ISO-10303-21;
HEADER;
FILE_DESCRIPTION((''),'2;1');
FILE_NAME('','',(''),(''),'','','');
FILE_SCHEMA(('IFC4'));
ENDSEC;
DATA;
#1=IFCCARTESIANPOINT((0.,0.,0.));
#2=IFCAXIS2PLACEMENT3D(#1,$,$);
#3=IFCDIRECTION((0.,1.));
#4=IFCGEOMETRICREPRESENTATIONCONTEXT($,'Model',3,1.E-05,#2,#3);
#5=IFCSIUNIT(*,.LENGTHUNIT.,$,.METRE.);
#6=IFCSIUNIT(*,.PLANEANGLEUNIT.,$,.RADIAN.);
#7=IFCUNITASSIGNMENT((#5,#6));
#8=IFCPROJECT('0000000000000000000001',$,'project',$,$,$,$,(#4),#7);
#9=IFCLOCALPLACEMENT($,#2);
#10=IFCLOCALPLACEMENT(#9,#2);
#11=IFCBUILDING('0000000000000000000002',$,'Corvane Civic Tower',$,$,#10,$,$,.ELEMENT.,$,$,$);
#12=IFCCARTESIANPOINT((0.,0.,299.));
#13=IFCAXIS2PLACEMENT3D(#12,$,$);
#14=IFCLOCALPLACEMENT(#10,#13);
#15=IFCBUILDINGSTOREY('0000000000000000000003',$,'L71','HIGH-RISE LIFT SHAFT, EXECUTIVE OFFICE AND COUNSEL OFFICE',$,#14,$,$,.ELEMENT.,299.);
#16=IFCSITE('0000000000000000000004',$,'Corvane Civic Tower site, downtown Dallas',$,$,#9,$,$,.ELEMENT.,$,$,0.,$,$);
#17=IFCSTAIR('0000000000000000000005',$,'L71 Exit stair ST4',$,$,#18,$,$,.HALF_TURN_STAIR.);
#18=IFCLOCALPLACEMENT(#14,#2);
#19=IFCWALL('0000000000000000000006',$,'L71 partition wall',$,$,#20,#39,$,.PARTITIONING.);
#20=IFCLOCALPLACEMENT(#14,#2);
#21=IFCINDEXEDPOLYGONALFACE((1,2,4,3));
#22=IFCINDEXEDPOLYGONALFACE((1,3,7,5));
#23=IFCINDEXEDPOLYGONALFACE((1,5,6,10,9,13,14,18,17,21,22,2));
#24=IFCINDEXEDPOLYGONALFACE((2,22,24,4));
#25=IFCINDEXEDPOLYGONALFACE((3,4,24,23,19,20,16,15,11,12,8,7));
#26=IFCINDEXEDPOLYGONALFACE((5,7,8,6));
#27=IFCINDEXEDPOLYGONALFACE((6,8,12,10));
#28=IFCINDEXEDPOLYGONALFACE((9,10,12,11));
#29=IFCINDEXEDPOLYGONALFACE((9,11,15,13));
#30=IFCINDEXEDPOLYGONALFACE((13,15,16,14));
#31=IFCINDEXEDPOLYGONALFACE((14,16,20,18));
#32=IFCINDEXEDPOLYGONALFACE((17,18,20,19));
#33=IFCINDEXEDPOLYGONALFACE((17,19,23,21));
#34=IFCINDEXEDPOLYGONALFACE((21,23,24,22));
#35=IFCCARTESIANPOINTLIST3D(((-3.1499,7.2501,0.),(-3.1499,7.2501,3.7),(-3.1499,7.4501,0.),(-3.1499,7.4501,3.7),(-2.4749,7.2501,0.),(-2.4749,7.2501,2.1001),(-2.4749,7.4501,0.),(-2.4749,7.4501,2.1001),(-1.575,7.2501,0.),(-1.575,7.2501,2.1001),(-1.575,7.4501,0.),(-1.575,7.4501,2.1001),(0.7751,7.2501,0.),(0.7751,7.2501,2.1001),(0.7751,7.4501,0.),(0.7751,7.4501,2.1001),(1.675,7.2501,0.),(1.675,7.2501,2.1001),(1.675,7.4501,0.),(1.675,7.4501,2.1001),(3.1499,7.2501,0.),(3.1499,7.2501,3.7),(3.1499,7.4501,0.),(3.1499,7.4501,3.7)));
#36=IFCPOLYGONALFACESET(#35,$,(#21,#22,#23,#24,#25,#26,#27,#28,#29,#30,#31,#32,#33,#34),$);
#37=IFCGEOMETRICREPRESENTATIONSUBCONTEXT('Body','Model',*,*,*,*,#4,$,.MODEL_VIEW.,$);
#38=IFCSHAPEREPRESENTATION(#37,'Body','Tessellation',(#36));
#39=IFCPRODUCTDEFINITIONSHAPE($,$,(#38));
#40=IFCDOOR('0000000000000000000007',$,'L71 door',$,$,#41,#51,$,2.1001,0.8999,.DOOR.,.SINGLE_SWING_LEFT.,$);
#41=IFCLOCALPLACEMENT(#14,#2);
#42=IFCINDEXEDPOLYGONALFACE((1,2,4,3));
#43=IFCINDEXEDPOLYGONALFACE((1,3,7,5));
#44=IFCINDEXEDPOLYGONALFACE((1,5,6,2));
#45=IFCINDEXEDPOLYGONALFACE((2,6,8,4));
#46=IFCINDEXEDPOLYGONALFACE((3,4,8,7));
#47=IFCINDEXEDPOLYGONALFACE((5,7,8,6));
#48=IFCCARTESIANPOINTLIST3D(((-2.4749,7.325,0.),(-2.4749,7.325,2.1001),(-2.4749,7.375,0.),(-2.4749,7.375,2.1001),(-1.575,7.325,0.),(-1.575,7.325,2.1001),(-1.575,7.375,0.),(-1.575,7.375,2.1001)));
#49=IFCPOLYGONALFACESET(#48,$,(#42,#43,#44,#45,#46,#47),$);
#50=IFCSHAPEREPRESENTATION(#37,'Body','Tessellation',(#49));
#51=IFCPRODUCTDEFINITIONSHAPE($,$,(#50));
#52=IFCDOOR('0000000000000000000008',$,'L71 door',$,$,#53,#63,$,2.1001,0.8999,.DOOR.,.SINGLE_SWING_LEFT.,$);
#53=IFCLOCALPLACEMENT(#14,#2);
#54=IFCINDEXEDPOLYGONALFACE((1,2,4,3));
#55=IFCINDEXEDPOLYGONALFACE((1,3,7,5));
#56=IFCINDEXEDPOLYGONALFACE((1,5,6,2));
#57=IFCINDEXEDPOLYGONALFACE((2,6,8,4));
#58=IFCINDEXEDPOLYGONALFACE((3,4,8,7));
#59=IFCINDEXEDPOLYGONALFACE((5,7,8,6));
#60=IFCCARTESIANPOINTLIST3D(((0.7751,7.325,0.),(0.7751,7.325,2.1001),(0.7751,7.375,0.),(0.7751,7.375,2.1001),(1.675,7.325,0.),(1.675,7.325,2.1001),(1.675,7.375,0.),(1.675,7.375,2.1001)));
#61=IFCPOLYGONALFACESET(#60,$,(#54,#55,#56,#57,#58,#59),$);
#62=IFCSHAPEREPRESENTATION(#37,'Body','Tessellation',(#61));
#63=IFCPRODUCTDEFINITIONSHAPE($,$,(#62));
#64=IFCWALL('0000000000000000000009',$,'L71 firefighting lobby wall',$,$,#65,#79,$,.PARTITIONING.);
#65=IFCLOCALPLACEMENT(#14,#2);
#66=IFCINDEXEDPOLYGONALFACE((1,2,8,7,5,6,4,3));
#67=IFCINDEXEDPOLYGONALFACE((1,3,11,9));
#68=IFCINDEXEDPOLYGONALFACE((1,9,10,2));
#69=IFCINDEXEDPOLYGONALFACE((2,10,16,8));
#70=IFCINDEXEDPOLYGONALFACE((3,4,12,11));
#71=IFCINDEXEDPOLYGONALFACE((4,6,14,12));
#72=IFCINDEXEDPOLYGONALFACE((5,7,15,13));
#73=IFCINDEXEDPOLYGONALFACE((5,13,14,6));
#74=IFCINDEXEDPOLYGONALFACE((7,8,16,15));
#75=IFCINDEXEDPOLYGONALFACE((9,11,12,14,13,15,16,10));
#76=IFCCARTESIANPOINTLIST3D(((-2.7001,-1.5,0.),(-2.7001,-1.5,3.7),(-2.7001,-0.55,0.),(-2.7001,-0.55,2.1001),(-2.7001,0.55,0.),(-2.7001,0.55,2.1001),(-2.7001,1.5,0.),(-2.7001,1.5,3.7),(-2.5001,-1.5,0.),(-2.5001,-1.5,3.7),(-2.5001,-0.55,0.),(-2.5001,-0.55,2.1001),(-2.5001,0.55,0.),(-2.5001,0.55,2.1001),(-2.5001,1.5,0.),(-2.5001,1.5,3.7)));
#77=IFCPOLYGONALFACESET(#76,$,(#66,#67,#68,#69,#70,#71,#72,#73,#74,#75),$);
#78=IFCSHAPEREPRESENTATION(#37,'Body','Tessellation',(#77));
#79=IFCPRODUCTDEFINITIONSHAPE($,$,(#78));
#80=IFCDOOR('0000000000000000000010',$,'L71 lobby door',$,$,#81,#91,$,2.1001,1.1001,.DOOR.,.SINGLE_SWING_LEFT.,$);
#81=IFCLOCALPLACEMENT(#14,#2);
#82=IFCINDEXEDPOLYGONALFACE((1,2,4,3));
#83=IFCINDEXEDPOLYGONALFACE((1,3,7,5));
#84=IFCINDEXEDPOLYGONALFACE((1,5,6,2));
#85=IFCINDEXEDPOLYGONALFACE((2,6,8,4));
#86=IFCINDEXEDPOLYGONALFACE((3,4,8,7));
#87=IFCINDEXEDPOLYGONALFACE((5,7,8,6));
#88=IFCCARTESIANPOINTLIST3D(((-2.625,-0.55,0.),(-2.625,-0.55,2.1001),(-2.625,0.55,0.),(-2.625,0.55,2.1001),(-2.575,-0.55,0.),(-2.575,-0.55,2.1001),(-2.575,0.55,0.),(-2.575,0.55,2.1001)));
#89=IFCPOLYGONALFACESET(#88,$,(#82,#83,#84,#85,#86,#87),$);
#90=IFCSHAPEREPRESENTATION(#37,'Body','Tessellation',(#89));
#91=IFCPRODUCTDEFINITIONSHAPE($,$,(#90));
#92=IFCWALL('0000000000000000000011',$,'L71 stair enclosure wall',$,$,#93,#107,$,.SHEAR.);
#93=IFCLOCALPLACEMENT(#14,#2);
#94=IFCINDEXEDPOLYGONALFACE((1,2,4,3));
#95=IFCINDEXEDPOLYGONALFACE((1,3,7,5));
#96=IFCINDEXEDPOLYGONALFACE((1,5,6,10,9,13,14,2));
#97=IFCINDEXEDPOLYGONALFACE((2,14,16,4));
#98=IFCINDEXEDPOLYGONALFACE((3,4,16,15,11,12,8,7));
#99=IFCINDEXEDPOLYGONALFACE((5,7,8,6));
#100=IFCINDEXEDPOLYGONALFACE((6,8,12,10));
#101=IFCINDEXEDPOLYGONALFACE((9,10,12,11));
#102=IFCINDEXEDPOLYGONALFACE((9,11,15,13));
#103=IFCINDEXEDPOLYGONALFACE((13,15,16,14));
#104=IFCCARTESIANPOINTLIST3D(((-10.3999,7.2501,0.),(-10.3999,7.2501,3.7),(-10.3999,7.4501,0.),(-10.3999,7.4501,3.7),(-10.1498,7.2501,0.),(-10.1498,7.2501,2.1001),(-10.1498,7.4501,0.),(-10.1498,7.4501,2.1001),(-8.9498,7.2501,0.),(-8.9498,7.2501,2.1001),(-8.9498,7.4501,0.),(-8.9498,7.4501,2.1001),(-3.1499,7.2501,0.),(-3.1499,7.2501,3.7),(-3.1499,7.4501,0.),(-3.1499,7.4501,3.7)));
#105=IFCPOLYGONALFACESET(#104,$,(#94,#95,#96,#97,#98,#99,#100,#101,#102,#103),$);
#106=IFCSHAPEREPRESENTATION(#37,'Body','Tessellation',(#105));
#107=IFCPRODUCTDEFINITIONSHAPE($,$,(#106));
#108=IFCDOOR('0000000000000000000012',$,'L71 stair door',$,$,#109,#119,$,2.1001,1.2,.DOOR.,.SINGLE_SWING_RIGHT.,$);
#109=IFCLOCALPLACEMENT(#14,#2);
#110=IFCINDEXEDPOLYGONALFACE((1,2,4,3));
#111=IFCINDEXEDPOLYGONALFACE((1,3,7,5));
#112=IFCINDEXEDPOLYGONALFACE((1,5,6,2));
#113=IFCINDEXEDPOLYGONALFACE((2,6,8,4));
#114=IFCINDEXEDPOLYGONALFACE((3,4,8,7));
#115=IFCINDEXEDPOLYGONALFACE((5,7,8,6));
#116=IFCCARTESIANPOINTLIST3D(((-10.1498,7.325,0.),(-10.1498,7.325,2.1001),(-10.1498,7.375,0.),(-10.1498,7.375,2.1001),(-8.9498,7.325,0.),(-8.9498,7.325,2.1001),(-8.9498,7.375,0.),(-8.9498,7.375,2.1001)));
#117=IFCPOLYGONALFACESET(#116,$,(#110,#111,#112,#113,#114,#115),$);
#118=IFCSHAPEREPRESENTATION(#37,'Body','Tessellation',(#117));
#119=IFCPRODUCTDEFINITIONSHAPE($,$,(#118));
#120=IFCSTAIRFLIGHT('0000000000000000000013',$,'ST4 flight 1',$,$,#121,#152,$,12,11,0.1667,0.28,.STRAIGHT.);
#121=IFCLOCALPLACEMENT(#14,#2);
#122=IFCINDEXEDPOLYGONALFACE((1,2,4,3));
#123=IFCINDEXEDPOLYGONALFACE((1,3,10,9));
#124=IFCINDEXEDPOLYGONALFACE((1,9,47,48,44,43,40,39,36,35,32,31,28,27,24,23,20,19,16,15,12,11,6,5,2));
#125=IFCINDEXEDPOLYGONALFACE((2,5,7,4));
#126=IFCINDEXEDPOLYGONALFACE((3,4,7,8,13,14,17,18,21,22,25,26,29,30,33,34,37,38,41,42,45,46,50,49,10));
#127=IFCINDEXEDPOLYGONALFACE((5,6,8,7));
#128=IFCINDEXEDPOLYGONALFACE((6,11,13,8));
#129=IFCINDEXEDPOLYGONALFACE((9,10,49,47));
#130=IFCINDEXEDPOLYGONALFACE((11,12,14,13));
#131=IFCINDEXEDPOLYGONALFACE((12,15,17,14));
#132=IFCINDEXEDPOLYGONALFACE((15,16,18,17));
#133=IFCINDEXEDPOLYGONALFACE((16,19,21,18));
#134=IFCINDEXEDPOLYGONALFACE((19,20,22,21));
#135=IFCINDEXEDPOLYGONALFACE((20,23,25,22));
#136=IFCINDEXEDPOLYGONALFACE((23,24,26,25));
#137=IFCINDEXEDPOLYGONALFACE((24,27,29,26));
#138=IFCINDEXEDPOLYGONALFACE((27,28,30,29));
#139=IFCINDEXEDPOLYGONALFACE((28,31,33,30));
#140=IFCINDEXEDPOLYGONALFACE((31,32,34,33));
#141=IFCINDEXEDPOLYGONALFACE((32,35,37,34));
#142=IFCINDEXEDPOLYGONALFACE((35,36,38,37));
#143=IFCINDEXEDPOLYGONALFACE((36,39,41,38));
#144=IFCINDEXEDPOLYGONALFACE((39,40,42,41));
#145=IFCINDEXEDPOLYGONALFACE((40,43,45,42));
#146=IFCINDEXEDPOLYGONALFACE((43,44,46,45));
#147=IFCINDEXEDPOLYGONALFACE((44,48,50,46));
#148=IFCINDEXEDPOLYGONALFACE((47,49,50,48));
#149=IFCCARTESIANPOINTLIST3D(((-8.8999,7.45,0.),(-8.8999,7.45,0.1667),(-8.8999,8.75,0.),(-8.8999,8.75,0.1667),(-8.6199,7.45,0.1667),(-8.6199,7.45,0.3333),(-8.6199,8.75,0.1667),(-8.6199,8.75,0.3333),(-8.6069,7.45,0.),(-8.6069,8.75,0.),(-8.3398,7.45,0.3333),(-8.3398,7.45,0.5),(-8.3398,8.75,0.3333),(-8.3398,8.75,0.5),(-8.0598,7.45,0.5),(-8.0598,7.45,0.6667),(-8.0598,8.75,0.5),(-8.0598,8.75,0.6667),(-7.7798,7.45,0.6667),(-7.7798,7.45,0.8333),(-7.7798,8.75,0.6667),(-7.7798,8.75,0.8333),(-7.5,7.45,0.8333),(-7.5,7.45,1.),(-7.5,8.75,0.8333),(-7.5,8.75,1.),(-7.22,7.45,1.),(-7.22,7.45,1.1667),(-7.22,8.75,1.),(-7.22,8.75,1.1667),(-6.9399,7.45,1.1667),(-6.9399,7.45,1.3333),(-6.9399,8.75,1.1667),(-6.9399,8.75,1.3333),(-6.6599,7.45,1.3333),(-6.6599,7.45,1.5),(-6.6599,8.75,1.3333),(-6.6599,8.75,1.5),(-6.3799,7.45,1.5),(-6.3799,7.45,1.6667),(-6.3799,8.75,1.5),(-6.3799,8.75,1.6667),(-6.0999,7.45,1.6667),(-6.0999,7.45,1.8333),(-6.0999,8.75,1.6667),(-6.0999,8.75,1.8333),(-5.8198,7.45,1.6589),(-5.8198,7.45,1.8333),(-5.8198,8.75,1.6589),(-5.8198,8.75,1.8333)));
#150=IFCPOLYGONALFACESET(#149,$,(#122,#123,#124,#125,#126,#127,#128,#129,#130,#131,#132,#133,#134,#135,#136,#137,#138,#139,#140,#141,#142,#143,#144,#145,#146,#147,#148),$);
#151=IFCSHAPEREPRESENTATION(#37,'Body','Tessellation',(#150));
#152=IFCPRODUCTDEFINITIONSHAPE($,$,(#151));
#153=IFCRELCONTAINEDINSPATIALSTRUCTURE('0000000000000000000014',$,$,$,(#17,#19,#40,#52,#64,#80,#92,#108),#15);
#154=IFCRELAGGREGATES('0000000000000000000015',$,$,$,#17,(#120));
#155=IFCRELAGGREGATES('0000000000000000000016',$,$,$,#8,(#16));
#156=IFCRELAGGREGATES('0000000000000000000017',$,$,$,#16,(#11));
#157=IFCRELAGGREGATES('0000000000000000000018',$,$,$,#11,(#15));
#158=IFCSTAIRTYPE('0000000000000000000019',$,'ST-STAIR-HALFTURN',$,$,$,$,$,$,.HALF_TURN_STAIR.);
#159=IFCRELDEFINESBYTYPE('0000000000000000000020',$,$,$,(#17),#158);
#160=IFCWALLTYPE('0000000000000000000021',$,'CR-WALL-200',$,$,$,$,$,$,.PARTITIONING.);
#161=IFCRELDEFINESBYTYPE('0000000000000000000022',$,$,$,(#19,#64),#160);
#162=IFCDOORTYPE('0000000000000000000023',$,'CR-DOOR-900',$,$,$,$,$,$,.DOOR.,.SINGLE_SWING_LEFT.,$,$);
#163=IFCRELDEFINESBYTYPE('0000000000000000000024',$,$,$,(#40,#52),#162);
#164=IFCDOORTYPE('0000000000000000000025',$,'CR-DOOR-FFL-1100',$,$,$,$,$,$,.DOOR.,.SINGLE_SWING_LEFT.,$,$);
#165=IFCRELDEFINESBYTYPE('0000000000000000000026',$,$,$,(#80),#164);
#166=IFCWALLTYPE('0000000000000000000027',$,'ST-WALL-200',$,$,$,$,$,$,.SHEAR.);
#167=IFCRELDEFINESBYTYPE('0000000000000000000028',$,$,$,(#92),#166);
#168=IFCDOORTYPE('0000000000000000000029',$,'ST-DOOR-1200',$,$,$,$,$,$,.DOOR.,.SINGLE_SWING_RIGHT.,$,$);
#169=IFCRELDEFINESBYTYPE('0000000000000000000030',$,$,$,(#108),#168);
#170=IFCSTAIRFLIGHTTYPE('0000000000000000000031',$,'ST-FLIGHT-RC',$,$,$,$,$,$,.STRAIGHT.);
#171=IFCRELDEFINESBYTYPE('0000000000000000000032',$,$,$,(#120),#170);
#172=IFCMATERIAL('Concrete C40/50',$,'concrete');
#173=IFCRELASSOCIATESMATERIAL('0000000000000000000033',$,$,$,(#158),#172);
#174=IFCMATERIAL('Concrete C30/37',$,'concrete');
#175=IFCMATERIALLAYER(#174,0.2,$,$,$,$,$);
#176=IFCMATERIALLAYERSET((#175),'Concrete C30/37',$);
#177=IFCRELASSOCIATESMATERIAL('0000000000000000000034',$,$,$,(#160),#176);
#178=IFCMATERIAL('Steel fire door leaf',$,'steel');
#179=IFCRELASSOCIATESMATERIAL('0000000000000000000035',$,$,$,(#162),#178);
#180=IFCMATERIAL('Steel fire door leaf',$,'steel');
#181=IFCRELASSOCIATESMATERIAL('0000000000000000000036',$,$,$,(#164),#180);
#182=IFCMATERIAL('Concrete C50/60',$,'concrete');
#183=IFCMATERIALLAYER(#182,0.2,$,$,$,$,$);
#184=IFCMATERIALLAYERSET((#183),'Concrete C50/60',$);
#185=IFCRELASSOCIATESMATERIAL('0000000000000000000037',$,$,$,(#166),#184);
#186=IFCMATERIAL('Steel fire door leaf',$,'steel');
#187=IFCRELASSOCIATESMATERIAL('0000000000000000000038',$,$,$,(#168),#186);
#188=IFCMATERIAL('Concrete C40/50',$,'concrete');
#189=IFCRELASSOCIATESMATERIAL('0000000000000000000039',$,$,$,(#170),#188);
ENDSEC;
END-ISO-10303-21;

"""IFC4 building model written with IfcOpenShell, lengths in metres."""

from ifc_helpers import new_model, si_unit, direction, frame, frame_2d, origin, place, context, subcontext, project, spatial, polyline, rectangle, outline, extrude, material, layer, layer_set, type_object, element, fill, aggregate, save


model = new_model("IFC4")

# Units and contexts
model_context = context("Model", 3, precision=1e-05, world=origin(), true_north=direction((0.0, 1.0)))
body_context = subcontext(model_context, "Body", "Model", "MODEL_VIEW")
ifc_project = project(units=[si_unit("LENGTHUNIT", "METRE"), si_unit("PLANEANGLEUNIT", "RADIAN")], contexts=[model_context])

# Site, building, storey
site_placement = place(None, origin())
site = spatial("IfcSite", under=ifc_project, at=site_placement, Name="Corvane Civic Tower site, downtown Dallas", CompositionType="ELEMENT", RefElevation=0.0)
building_placement = place(site_placement, origin())
building = spatial("IfcBuilding", under=site, at=building_placement, Name="Corvane Civic Tower", CompositionType="ELEMENT")
storey_placement = place(building_placement, frame((0.0, 0.0, 299.0)))
storey = spatial("IfcBuildingStorey", under=building, at=storey_placement, Name="L71", Description="HIGH-RISE LIFT SHAFT, EXECUTIVE OFFICE AND COUNSEL OFFICE", CompositionType="ELEMENT", Elevation=299.0)

# Stair
ifc_material_1 = material(Name="Concrete C40/50", Category="concrete")
stair_type = type_object("IfcStairType", Name="ST-STAIR-HALFTURN", PredefinedType="HALF_TURN_STAIR", material=ifc_material_1)
stair_1_placement = place(storey_placement, origin())
stair_1 = element("IfcStair", 1, at=stair_1_placement, inside=storey, type_object=stair_type, Name="L71 Exit stair ST4", PredefinedType="HALF_TURN_STAIR")

# Wall, openings, doors
ifc_material_2 = material(Name="Concrete C30/37", Category="concrete")
ifc_layer_1 = layer(ifc_material_2, 0.2)
ifc_layer_set_1 = layer_set([ifc_layer_1], Name="Concrete C30/37")
wall_type_1 = type_object("IfcWallType", Name="CR-WALL-200", PredefinedType="PARTITIONING", material=ifc_layer_set_1)
ifc_material_3 = material(Name="Steel fire door leaf", Category="steel")
door_type_1 = type_object("IfcDoorType", Name="CR-DOOR-900", OperationType="SINGLE_SWING_LEFT", PredefinedType="DOOR", material=ifc_material_3)
wall_1_placement = place(storey_placement, frame((-3.1499, 7.3501, 0.0), z_axis=(0.0, 0.0, 1.0), x_axis=(1.0, 0.0, 0.0)))
wall_1 = element("IfcWall", 2, at=wall_1_placement, inside=storey, type_object=wall_type_1, Name="L71 partition wall", PredefinedType="PARTITIONING", context=body_context, shape_type="SweptSolid", body=[
    extrude(rectangle(XDim=6.2998, YDim=0.2, at=frame_2d((3.1499, 0.0))), origin(), (0.0, 0.0, 1.0), 3.7),
])
opening_1_placement = place(wall_1_placement, frame((0.675, 0.0, 0.0)))
opening_1 = element("IfcOpeningElement", 3, at=opening_1_placement, cuts=wall_1, PredefinedType="OPENING", context=body_context, shape_type="SweptSolid", body=[
    extrude(rectangle(XDim=0.8999, YDim=2.1001, at=frame_2d((0.45, 1.05))), frame((0.0, 0.1099, 0.0), z_axis=(0.0, -1.0, 0.0), x_axis=(1.0, 0.0, 0.0)), (0.0, 0.0, 1.0), 0.22),
])
opening_2_placement = place(wall_1_placement, frame((3.925, 0.0, 0.0)))
opening_2 = element("IfcOpeningElement", 4, at=opening_2_placement, cuts=wall_1, PredefinedType="OPENING", context=body_context, shape_type="SweptSolid", body=[
    extrude(rectangle(XDim=0.8999, YDim=2.1001, at=frame_2d((0.45, 1.05))), frame((0.0, 0.1099, 0.0), z_axis=(0.0, -1.0, 0.0), x_axis=(1.0, 0.0, 0.0)), (0.0, 0.0, 1.0), 0.22),
])
door_1_placement = place(opening_1_placement, origin())
door_1 = element("IfcDoor", 5, at=door_1_placement, inside=storey, type_object=door_type_1, Name="L71 door", OperationType="SINGLE_SWING_LEFT", OverallHeight=2.1001, OverallWidth=0.8999, PredefinedType="DOOR", context=body_context, shape_type="SweptSolid", body=[
    extrude(rectangle(XDim=0.8999, YDim=2.1001, at=frame_2d((0.45, 1.05))), frame((0.0, 0.0249, 0.0), z_axis=(0.0, -1.0, 0.0), x_axis=(1.0, 0.0, 0.0)), (0.0, 0.0, 1.0), 0.05),
])
fill(opening_1, door_1)
door_2_placement = place(opening_2_placement, origin())
door_2 = element("IfcDoor", 6, at=door_2_placement, inside=storey, type_object=door_type_1, Name="L71 door", OperationType="SINGLE_SWING_LEFT", OverallHeight=2.1001, OverallWidth=0.8999, PredefinedType="DOOR", context=body_context, shape_type="SweptSolid", body=[
    extrude(rectangle(XDim=0.8999, YDim=2.1001, at=frame_2d((0.45, 1.05))), frame((0.0, 0.0249, 0.0), z_axis=(0.0, -1.0, 0.0), x_axis=(1.0, 0.0, 0.0)), (0.0, 0.0, 1.0), 0.05),
])
fill(opening_2, door_2)

# Walls, openings, doors
wall_2_placement = place(storey_placement, frame((-2.6001, -1.5, 0.0), z_axis=(0.0, 0.0, 1.0), x_axis=(0.0, 1.0, 0.0)))
wall_2 = element("IfcWall", 7, at=wall_2_placement, inside=storey, type_object=wall_type_1, Name="L71 firefighting lobby wall", PredefinedType="PARTITIONING", context=body_context, shape_type="SweptSolid", body=[
    extrude(rectangle(XDim=3.0, YDim=0.2, at=frame_2d((1.5, 0.0))), origin(), (0.0, 0.0, 1.0), 3.7),
])
opening_3_placement = place(wall_2_placement, frame((0.95, 0.0, 0.0)))
opening_3 = element("IfcOpeningElement", 8, at=opening_3_placement, cuts=wall_2, PredefinedType="OPENING", context=body_context, shape_type="SweptSolid", body=[
    extrude(rectangle(XDim=1.1001, YDim=2.1001, at=frame_2d((0.55, 1.05))), frame((0.0, 0.1099, 0.0), z_axis=(0.0, -1.0, 0.0), x_axis=(1.0, 0.0, 0.0)), (0.0, 0.0, 1.0), 0.22),
])
ifc_material_4 = material(Name="Steel fire door leaf", Category="steel")
door_type_2 = type_object("IfcDoorType", Name="CR-DOOR-FFL-1100", OperationType="SINGLE_SWING_LEFT", PredefinedType="DOOR", material=ifc_material_4)
door_3_placement = place(opening_3_placement, origin())
door_3 = element("IfcDoor", 9, at=door_3_placement, inside=storey, type_object=door_type_2, Name="L71 lobby door", OperationType="SINGLE_SWING_LEFT", OverallHeight=2.1001, OverallWidth=1.1001, PredefinedType="DOOR", context=body_context, shape_type="SweptSolid", body=[
    extrude(rectangle(XDim=1.1001, YDim=2.1001, at=frame_2d((0.55, 1.05))), frame((0.0, 0.0249, 0.0), z_axis=(0.0, -1.0, 0.0), x_axis=(1.0, 0.0, 0.0)), (0.0, 0.0, 1.0), 0.05),
])
fill(opening_3, door_3)
ifc_material_5 = material(Name="Concrete C50/60", Category="concrete")
ifc_layer_2 = layer(ifc_material_5, 0.2)
ifc_layer_set_2 = layer_set([ifc_layer_2], Name="Concrete C50/60")
wall_type_2 = type_object("IfcWallType", Name="ST-WALL-200", PredefinedType="SHEAR", material=ifc_layer_set_2)
wall_3_placement = place(storey_placement, frame((-10.3999, 7.3501, 0.0), z_axis=(0.0, 0.0, 1.0), x_axis=(1.0, 0.0, 0.0)))
wall_3 = element("IfcWall", 10, at=wall_3_placement, inside=storey, type_object=wall_type_2, Name="L71 stair enclosure wall", PredefinedType="SHEAR", context=body_context, shape_type="SweptSolid", body=[
    extrude(rectangle(XDim=7.25, YDim=0.2, at=frame_2d((3.625, 0.0))), origin(), (0.0, 0.0, 1.0), 3.7),
])
opening_4_placement = place(wall_3_placement, frame((0.25, 0.0, 0.0)))
opening_4 = element("IfcOpeningElement", 11, at=opening_4_placement, cuts=wall_3, PredefinedType="OPENING", context=body_context, shape_type="SweptSolid", body=[
    extrude(rectangle(XDim=1.2, YDim=2.1001, at=frame_2d((0.6001, 1.05))), frame((0.0, 0.1099, 0.0), z_axis=(0.0, -1.0, 0.0), x_axis=(1.0, 0.0, 0.0)), (0.0, 0.0, 1.0), 0.22),
])
ifc_material_6 = material(Name="Steel fire door leaf", Category="steel")
door_type_3 = type_object("IfcDoorType", Name="ST-DOOR-1200", OperationType="SINGLE_SWING_RIGHT", PredefinedType="DOOR", material=ifc_material_6)
door_4_placement = place(opening_4_placement, origin())
door_4 = element("IfcDoor", 12, at=door_4_placement, inside=storey, type_object=door_type_3, Name="L71 stair door", OperationType="SINGLE_SWING_RIGHT", OverallHeight=2.1001, OverallWidth=1.2, PredefinedType="DOOR", context=body_context, shape_type="SweptSolid", body=[
    extrude(rectangle(XDim=1.2, YDim=2.1001, at=frame_2d((0.6001, 1.05))), frame((0.0, 0.0249, 0.0), z_axis=(0.0, -1.0, 0.0), x_axis=(1.0, 0.0, 0.0)), (0.0, 0.0, 1.0), 0.05),
])
fill(opening_4, door_4)

# Stair flight
ifc_material_7 = material(Name="Concrete C40/50", Category="concrete")
stair_flight_type = type_object("IfcStairFlightType", Name="ST-FLIGHT-RC", PredefinedType="STRAIGHT", material=ifc_material_7)
stair_flight_1_placement = place(storey_placement, frame((-8.8999, 8.1001, 0.0), z_axis=(0.0, 0.0, 1.0), x_axis=(1.0, 0.0, 0.0)))
stair_flight_1 = element("IfcStairFlight", 13, at=stair_flight_1_placement, type_object=stair_flight_type, Name="ST4 flight 1", NumberOfRisers=12, NumberOfTreads=11, PredefinedType="STRAIGHT", RiserHeight=0.1667, TreadLength=0.28, context=body_context, shape_type="SweptSolid", body=[
    extrude(outline(polyline([(0.0, 0.0), (0.0, 0.1667), (0.28, 0.1667), (0.28, 0.3333), (0.5601, 0.3333), (0.5601, 0.5), (0.8401, 0.5), (0.8401, 0.6667), (1.1201, 0.6667), (1.1201, 0.8333), (1.3999, 0.8333), (1.3999, 1.0), (1.6799, 1.0), (1.6799, 1.1667), (1.96, 1.1667), (1.96, 1.3333), (2.24, 1.3333), (2.24, 1.5), (2.52, 1.5), (2.52, 1.6667), (2.8, 1.6667), (2.8, 1.8333), (3.0801, 1.8333), (3.0801, 2.0), (3.0801, 1.6589), (0.293, 0.0), (0.0, 0.0)])), frame((0.0, 0.6499, 0.0), z_axis=(0.0, -1.0, 0.0), x_axis=(1.0, 0.0, 0.0)), (0.0, 0.0, 1.0), 1.3),
])
aggregate(stair_1, [stair_flight_1])

save(model, "model.ifc")
